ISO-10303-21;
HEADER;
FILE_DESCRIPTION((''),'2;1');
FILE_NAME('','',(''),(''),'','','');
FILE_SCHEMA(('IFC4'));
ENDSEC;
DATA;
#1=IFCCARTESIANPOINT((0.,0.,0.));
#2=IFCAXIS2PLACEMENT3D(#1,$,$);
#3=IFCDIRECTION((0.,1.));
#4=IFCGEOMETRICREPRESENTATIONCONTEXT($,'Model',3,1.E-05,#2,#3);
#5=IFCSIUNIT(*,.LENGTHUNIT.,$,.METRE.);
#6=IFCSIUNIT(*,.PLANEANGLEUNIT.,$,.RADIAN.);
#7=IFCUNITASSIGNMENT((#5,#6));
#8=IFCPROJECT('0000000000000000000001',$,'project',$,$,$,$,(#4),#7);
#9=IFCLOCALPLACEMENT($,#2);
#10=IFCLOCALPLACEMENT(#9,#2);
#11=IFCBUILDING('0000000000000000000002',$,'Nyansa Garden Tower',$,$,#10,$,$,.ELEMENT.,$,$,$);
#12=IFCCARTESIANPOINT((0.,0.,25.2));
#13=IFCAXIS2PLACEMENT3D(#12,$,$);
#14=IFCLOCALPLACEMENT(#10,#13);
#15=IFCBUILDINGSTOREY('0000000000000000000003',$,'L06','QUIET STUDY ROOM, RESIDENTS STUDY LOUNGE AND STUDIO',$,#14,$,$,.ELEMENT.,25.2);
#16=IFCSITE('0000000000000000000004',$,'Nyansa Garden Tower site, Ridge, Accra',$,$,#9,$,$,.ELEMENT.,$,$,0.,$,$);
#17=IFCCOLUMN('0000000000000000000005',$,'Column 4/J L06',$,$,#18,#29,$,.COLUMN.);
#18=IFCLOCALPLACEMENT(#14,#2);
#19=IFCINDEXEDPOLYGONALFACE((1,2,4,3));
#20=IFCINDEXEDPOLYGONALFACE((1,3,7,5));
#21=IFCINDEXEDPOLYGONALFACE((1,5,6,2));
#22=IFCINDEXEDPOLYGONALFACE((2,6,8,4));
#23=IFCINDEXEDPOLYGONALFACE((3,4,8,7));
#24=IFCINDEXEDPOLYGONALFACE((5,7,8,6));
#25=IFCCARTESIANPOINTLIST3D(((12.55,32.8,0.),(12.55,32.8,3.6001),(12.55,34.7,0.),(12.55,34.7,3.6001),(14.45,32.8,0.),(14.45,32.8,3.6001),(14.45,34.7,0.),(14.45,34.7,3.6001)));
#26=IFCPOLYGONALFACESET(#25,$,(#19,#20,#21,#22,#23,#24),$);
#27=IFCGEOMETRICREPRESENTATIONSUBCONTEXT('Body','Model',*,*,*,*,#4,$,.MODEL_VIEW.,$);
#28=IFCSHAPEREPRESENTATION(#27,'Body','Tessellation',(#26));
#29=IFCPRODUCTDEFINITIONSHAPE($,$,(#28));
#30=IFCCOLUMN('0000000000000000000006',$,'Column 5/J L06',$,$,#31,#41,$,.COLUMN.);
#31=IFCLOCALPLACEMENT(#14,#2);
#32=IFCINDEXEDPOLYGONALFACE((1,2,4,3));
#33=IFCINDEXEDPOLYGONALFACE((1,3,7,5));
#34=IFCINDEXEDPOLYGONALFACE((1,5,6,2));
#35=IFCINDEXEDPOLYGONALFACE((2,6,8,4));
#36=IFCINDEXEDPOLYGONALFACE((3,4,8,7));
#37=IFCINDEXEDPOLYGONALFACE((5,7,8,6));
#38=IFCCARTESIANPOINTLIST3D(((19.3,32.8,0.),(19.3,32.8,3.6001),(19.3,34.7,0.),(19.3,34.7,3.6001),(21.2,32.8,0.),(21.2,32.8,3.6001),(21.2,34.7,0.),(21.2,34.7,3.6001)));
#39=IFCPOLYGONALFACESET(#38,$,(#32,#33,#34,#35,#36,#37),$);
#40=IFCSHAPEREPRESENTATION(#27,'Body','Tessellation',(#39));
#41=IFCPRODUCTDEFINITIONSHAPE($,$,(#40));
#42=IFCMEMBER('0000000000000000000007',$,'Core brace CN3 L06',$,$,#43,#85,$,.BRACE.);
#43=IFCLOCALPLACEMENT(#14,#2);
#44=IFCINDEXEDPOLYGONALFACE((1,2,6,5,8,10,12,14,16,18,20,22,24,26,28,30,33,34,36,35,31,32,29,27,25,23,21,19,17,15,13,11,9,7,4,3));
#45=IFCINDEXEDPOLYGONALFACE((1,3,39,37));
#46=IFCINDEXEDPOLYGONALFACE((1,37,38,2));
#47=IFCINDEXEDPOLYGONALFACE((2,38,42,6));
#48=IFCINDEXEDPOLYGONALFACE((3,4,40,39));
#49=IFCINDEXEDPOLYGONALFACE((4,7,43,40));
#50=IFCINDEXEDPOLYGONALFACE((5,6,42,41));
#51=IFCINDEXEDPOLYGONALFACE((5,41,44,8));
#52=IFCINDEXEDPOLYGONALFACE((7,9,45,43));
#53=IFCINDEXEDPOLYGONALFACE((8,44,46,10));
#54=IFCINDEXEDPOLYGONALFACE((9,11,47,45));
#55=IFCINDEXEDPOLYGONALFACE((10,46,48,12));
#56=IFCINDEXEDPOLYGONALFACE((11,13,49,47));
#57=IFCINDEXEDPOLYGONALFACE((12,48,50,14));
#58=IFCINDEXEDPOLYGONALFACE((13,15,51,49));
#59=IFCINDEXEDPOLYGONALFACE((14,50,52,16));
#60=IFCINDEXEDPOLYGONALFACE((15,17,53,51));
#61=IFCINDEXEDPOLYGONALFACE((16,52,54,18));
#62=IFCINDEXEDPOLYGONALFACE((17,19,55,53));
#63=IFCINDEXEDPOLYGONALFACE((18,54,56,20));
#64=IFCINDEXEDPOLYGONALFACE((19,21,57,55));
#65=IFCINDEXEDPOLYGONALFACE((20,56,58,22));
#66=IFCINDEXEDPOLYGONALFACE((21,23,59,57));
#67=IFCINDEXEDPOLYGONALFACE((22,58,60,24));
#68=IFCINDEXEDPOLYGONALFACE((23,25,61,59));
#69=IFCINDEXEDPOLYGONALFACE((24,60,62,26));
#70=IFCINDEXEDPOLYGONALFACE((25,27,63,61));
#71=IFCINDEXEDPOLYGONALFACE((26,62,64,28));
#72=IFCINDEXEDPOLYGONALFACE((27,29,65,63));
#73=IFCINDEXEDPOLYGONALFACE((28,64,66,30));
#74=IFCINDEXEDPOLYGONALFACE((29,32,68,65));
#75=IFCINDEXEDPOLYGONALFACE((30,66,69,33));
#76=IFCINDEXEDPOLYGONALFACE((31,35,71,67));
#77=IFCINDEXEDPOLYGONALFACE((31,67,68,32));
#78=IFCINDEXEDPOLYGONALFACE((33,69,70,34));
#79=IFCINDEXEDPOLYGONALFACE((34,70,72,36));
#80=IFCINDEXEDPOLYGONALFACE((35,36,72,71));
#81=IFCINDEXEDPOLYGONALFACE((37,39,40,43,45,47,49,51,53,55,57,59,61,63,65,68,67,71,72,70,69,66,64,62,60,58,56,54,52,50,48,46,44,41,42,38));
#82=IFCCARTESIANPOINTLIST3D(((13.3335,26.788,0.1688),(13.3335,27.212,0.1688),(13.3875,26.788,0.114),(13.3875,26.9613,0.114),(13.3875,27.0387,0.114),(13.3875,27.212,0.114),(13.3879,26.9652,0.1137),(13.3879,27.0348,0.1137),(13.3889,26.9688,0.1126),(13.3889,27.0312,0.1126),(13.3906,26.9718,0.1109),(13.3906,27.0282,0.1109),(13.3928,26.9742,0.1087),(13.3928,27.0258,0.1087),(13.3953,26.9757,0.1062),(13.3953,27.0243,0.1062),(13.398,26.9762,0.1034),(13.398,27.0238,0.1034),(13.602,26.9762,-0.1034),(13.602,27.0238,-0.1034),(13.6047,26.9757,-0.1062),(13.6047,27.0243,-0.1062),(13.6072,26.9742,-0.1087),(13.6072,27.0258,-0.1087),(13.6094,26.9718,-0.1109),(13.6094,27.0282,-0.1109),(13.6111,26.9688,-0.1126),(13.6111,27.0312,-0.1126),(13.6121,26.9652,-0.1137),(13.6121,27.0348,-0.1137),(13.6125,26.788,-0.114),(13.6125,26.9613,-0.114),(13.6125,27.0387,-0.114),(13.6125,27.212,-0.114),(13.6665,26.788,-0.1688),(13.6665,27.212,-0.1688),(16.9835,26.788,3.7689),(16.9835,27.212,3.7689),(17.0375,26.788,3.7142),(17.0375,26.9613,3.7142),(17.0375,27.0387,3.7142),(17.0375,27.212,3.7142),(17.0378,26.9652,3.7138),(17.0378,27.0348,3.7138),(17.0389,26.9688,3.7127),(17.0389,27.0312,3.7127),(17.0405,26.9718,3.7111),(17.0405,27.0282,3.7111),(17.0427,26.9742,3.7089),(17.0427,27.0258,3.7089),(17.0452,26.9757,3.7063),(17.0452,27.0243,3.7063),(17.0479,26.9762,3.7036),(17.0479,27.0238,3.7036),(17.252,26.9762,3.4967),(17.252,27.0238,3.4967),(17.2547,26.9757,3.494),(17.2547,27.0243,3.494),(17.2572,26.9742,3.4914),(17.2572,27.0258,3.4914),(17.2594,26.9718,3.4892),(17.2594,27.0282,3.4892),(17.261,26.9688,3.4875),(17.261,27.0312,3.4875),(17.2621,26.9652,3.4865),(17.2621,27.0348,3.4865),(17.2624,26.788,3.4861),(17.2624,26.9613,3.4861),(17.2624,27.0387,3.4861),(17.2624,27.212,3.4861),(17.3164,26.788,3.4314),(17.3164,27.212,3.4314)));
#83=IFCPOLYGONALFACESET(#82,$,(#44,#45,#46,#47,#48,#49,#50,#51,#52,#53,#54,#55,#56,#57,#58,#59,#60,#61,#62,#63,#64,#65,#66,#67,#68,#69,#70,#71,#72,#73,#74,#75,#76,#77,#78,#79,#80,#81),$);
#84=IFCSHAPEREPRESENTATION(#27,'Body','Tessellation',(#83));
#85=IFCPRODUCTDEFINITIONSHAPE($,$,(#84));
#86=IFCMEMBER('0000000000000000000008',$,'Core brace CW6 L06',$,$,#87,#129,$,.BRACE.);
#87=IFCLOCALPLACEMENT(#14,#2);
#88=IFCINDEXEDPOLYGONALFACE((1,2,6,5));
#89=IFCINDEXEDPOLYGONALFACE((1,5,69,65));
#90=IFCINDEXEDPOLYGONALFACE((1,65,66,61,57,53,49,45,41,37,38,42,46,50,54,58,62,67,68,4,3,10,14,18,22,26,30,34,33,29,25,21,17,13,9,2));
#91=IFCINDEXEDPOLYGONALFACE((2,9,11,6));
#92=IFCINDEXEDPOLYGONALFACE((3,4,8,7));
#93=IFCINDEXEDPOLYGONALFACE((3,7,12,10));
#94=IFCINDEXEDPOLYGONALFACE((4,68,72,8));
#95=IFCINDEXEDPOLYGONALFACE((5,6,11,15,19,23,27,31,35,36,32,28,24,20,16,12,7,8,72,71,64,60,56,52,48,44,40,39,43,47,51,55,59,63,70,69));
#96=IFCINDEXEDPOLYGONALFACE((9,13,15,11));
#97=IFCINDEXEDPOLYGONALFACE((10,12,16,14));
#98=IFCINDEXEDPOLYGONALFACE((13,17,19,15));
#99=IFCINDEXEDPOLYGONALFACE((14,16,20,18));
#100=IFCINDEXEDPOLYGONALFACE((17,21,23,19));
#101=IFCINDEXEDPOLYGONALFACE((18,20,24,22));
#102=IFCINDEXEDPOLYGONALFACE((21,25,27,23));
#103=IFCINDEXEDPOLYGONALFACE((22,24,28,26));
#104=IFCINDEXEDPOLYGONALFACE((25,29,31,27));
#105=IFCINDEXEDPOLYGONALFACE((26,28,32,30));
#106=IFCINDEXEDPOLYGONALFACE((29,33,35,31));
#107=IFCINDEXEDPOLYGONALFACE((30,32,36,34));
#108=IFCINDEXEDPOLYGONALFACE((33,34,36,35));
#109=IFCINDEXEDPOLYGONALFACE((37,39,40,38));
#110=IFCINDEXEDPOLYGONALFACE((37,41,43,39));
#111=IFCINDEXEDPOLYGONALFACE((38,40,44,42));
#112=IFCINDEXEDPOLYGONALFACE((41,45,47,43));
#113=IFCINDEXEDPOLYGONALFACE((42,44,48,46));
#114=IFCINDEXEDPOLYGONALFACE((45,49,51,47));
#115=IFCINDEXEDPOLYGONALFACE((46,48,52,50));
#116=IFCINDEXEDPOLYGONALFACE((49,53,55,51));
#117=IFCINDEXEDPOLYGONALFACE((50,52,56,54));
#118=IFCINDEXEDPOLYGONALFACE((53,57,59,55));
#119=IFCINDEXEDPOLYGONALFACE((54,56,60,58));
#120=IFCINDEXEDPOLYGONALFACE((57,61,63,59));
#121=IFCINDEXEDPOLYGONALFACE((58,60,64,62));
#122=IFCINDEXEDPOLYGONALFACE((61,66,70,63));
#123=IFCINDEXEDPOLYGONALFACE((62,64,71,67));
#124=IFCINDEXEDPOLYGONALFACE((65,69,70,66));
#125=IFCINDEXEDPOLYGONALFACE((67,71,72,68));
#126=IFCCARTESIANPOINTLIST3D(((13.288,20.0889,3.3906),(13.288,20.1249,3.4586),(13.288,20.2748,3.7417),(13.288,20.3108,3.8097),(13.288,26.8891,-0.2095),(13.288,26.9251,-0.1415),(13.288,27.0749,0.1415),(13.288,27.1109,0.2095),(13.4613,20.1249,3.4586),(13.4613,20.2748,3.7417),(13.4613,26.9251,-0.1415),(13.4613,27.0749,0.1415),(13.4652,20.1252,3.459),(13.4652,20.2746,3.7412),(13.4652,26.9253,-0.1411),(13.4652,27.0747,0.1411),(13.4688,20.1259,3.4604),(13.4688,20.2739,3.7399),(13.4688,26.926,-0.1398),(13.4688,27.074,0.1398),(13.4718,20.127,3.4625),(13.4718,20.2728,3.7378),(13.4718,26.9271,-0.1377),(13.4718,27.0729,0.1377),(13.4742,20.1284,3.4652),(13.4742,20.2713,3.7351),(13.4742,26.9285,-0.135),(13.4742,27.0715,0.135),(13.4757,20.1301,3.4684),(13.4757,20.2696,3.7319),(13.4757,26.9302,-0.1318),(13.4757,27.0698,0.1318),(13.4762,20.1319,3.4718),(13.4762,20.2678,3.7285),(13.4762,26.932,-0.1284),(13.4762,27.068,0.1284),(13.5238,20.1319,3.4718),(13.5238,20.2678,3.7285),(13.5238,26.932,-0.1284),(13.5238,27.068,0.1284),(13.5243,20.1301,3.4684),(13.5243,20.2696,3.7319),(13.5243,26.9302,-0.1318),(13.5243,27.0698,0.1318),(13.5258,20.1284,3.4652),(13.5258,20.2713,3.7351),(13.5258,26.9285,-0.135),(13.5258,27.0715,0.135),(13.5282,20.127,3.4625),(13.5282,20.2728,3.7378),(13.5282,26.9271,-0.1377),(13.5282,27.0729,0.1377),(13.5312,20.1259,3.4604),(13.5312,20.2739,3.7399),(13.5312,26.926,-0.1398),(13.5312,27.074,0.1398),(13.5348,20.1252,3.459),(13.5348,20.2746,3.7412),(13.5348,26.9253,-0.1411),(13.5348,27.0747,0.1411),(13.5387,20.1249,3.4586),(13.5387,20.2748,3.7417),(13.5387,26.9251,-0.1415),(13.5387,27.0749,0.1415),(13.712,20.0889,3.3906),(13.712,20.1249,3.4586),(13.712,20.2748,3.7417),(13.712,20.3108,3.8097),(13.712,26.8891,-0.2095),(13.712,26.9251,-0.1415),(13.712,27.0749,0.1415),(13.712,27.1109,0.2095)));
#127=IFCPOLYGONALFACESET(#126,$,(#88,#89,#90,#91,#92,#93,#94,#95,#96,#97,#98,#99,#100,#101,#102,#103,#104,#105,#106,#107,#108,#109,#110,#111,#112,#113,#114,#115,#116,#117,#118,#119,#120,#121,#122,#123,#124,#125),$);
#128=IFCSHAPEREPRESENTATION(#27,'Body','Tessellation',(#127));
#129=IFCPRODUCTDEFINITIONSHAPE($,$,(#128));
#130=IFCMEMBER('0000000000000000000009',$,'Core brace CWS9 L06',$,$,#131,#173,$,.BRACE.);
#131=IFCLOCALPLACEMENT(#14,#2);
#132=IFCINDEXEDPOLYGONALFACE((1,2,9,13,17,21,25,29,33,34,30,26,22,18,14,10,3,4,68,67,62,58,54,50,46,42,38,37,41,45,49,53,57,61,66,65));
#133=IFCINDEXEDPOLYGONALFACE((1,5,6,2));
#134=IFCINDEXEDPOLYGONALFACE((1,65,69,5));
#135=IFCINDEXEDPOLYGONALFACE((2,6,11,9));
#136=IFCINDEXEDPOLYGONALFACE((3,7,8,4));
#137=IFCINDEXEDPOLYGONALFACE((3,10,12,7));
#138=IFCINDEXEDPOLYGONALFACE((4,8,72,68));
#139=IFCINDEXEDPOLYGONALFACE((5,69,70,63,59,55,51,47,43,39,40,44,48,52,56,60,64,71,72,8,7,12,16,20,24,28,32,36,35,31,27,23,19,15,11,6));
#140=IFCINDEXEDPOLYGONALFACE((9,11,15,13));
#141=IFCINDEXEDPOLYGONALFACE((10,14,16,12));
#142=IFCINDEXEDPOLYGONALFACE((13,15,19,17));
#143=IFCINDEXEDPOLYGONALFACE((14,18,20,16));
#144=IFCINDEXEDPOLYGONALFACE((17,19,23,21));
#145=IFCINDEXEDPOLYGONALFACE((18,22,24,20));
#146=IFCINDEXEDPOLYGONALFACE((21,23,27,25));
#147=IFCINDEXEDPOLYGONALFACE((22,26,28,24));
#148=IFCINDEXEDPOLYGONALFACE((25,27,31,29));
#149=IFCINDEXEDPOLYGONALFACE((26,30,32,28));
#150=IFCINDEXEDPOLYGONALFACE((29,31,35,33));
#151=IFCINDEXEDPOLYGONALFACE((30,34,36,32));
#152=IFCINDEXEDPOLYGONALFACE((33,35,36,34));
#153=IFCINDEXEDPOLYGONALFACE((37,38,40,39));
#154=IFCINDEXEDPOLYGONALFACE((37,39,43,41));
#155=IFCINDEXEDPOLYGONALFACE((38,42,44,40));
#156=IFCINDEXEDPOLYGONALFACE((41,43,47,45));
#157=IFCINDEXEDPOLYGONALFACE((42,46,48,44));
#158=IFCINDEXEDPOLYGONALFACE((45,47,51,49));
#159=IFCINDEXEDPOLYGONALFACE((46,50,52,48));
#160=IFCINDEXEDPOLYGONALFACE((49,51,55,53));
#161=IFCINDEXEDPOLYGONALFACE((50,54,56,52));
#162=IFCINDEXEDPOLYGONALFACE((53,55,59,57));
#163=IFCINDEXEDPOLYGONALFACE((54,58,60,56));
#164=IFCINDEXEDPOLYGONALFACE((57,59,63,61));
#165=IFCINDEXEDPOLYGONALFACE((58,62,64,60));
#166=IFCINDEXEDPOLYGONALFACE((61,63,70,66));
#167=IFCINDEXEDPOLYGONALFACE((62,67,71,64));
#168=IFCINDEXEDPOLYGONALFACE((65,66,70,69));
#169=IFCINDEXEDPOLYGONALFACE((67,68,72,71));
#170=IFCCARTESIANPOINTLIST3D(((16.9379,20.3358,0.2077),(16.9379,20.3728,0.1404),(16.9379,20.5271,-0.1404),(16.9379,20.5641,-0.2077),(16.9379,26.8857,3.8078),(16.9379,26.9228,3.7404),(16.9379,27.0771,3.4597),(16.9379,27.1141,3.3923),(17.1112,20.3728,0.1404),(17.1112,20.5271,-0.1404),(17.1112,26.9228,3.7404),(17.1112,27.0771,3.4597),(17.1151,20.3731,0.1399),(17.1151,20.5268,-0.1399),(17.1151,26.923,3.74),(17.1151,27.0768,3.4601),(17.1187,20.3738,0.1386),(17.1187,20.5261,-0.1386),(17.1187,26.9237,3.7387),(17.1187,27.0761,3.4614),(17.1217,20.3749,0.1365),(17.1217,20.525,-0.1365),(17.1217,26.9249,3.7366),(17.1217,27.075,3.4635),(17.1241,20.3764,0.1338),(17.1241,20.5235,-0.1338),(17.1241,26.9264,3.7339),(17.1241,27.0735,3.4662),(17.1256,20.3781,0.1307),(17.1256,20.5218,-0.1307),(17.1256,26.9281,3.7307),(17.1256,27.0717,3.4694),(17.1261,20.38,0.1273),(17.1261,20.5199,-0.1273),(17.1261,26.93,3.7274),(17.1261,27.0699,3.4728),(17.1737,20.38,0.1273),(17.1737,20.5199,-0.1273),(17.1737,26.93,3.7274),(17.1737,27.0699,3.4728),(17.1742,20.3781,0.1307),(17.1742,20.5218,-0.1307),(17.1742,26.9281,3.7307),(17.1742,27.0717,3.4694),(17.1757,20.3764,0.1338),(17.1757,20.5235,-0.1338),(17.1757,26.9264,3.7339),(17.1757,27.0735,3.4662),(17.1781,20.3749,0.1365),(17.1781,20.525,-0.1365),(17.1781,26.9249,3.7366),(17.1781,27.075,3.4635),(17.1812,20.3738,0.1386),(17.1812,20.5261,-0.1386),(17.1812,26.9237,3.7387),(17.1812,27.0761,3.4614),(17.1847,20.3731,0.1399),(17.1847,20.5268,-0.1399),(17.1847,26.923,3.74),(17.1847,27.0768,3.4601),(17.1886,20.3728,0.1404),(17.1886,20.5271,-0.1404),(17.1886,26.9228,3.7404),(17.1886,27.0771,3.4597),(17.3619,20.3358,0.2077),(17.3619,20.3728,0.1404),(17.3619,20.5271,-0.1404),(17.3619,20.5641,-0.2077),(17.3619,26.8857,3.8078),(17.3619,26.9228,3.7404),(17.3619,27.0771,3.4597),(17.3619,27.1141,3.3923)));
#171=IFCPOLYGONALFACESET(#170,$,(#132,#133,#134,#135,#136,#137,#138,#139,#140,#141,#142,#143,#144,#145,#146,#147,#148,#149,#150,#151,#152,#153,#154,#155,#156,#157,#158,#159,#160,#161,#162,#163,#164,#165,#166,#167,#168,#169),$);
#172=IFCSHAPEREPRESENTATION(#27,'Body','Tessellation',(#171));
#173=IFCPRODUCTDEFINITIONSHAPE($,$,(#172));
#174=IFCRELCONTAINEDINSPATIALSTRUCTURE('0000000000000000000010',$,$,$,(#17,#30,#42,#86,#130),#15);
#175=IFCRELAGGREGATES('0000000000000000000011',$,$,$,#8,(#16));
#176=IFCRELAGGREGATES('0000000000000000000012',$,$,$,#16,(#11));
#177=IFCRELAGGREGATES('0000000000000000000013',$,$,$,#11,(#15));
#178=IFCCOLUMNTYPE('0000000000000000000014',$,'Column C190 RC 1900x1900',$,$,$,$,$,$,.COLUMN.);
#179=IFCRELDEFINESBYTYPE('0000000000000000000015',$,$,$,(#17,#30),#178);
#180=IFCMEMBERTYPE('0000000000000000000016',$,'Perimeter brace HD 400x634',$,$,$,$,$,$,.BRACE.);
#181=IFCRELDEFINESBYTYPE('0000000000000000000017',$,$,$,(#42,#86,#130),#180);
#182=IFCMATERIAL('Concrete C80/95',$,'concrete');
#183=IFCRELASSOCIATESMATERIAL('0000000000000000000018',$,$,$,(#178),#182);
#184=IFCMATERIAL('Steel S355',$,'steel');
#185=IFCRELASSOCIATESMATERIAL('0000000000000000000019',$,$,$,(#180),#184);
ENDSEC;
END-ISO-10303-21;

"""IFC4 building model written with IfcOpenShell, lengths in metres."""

from ifc_helpers import new_model, si_unit, direction, frame, origin, origin_2d, place, context, subcontext, project, spatial, rectangle, i_section, extrude, material, material_profile, profile_set, type_object, element, save


model = new_model("IFC4")

# Units and contexts
model_context = context("Model", 3, precision=1e-05, world=origin(), true_north=direction((0.0, 1.0)))
body_context = subcontext(model_context, "Body", "Model", "MODEL_VIEW")
ifc_project = project(units=[si_unit("LENGTHUNIT", "METRE"), si_unit("PLANEANGLEUNIT", "RADIAN")], contexts=[model_context])

# Site, building, storey
site_placement = place(None, origin())
site = spatial("IfcSite", under=ifc_project, at=site_placement, Name="Nyansa Garden Tower site, Ridge, Accra", CompositionType="ELEMENT", RefElevation=0.0)
building_placement = place(site_placement, origin())
building = spatial("IfcBuilding", under=site, at=building_placement, Name="Nyansa Garden Tower", CompositionType="ELEMENT")
storey_placement = place(building_placement, frame((0.0, 0.0, 25.2)))
storey = spatial("IfcBuildingStorey", under=building, at=storey_placement, Name="L06", Description="QUIET STUDY ROOM, RESIDENTS STUDY LOUNGE AND STUDIO", CompositionType="ELEMENT", Elevation=25.2)

# Columns
ifc_material_1 = material(Name="Concrete C80/95", Category="concrete")
ifc_material_profile_1 = material_profile(ifc_material_1, rectangle(XDim=1.8999, YDim=1.8999, at=origin_2d()), Name="RC 1900x1900")
ifc_profile_set_1 = profile_set([ifc_material_profile_1], Name="Concrete C80/95")
column_type = type_object("IfcColumnType", Name="Column C190 RC 1900x1900", PredefinedType="COLUMN", material=ifc_profile_set_1)
for number, where, z_axis, x_axis, name in (
    (1, (13.5, 33.75, 0.0), (0.0, 0.0, 1.0), (1.0, 0.0, 0.0), "Column 4/J L06"),
    (2, (20.25, 33.75, 0.0), (0.0, 0.0, 1.0), (1.0, 0.0, 0.0), "Column 5/J L06"),
):
    element("IfcColumn", number, at=place(storey_placement, frame(where, z_axis=z_axis, x_axis=x_axis)), inside=storey, type_object=column_type, Name=name, PredefinedType="COLUMN", context=body_context, shape_type="SweptSolid", body=[
        extrude(rectangle(XDim=1.8999, YDim=1.8999, at=origin_2d()), origin(), (0.0, 0.0, 1.0), 3.6001),
    ])

# Members
ifc_material_2 = material(Name="Steel S355", Category="steel")
ifc_material_profile_2 = material_profile(ifc_material_2, i_section(OverallWidth=0.4241, OverallDepth=0.4741, WebThickness=0.0476, FlangeThickness=0.0769, FilletRadius=0.0149, at=origin_2d()), Name="HD 400x634")
ifc_profile_set_2 = profile_set([ifc_material_profile_2], Name="Steel S355")
member_type = type_object("IfcMemberType", Name="Perimeter brace HD 400x634", PredefinedType="BRACE", material=ifc_profile_set_2)
member_1_placement = place(storey_placement, frame((13.5, 27.0, 0.0), z_axis=(0.711948, 0.0, 0.702233), x_axis=(0.0, 1.0, 0.0)))
element("IfcMember", 3, at=member_1_placement, inside=storey, type_object=member_type, Name="Core brace CN3 L06", PredefinedType="BRACE", context=body_context, shape_type="SweptSolid", body=[
    extrude(i_section(OverallWidth=0.4241, OverallDepth=0.4741, WebThickness=0.0476, FlangeThickness=0.0769, FilletRadius=0.0149, at=origin_2d()), origin(), (0.0, 0.0, 1.0), 5.1267),
])
member_2_placement = place(storey_placement, frame((13.5, 27.0, 0.0), z_axis=(0.0, -0.883784, 0.467895), x_axis=(1.0, 0.0, 0.0)))
element("IfcMember", 4, at=member_2_placement, inside=storey, type_object=member_type, Name="Core brace CW6 L06", PredefinedType="BRACE", context=body_context, shape_type="SweptSolid", body=[
    extrude(i_section(OverallWidth=0.4241, OverallDepth=0.4741, WebThickness=0.0476, FlangeThickness=0.0769, FilletRadius=0.0149, at=origin_2d()), origin(), (0.0, 0.0, 1.0), 7.6943),
])
member_3_placement = place(storey_placement, frame((17.1499, 20.45, 0.0), z_axis=(0.0, 0.876353, 0.481669), x_axis=(-1.0, 0.0, 0.0)))
element("IfcMember", 5, at=member_3_placement, inside=storey, type_object=member_type, Name="Core brace CWS9 L06", PredefinedType="BRACE", context=body_context, shape_type="SweptSolid", body=[
    extrude(i_section(OverallWidth=0.4241, OverallDepth=0.4741, WebThickness=0.0476, FlangeThickness=0.0769, FilletRadius=0.0149, at=origin_2d()), origin(), (0.0, 0.0, 1.0), 7.4741),
])

save(model, "model.ifc")
